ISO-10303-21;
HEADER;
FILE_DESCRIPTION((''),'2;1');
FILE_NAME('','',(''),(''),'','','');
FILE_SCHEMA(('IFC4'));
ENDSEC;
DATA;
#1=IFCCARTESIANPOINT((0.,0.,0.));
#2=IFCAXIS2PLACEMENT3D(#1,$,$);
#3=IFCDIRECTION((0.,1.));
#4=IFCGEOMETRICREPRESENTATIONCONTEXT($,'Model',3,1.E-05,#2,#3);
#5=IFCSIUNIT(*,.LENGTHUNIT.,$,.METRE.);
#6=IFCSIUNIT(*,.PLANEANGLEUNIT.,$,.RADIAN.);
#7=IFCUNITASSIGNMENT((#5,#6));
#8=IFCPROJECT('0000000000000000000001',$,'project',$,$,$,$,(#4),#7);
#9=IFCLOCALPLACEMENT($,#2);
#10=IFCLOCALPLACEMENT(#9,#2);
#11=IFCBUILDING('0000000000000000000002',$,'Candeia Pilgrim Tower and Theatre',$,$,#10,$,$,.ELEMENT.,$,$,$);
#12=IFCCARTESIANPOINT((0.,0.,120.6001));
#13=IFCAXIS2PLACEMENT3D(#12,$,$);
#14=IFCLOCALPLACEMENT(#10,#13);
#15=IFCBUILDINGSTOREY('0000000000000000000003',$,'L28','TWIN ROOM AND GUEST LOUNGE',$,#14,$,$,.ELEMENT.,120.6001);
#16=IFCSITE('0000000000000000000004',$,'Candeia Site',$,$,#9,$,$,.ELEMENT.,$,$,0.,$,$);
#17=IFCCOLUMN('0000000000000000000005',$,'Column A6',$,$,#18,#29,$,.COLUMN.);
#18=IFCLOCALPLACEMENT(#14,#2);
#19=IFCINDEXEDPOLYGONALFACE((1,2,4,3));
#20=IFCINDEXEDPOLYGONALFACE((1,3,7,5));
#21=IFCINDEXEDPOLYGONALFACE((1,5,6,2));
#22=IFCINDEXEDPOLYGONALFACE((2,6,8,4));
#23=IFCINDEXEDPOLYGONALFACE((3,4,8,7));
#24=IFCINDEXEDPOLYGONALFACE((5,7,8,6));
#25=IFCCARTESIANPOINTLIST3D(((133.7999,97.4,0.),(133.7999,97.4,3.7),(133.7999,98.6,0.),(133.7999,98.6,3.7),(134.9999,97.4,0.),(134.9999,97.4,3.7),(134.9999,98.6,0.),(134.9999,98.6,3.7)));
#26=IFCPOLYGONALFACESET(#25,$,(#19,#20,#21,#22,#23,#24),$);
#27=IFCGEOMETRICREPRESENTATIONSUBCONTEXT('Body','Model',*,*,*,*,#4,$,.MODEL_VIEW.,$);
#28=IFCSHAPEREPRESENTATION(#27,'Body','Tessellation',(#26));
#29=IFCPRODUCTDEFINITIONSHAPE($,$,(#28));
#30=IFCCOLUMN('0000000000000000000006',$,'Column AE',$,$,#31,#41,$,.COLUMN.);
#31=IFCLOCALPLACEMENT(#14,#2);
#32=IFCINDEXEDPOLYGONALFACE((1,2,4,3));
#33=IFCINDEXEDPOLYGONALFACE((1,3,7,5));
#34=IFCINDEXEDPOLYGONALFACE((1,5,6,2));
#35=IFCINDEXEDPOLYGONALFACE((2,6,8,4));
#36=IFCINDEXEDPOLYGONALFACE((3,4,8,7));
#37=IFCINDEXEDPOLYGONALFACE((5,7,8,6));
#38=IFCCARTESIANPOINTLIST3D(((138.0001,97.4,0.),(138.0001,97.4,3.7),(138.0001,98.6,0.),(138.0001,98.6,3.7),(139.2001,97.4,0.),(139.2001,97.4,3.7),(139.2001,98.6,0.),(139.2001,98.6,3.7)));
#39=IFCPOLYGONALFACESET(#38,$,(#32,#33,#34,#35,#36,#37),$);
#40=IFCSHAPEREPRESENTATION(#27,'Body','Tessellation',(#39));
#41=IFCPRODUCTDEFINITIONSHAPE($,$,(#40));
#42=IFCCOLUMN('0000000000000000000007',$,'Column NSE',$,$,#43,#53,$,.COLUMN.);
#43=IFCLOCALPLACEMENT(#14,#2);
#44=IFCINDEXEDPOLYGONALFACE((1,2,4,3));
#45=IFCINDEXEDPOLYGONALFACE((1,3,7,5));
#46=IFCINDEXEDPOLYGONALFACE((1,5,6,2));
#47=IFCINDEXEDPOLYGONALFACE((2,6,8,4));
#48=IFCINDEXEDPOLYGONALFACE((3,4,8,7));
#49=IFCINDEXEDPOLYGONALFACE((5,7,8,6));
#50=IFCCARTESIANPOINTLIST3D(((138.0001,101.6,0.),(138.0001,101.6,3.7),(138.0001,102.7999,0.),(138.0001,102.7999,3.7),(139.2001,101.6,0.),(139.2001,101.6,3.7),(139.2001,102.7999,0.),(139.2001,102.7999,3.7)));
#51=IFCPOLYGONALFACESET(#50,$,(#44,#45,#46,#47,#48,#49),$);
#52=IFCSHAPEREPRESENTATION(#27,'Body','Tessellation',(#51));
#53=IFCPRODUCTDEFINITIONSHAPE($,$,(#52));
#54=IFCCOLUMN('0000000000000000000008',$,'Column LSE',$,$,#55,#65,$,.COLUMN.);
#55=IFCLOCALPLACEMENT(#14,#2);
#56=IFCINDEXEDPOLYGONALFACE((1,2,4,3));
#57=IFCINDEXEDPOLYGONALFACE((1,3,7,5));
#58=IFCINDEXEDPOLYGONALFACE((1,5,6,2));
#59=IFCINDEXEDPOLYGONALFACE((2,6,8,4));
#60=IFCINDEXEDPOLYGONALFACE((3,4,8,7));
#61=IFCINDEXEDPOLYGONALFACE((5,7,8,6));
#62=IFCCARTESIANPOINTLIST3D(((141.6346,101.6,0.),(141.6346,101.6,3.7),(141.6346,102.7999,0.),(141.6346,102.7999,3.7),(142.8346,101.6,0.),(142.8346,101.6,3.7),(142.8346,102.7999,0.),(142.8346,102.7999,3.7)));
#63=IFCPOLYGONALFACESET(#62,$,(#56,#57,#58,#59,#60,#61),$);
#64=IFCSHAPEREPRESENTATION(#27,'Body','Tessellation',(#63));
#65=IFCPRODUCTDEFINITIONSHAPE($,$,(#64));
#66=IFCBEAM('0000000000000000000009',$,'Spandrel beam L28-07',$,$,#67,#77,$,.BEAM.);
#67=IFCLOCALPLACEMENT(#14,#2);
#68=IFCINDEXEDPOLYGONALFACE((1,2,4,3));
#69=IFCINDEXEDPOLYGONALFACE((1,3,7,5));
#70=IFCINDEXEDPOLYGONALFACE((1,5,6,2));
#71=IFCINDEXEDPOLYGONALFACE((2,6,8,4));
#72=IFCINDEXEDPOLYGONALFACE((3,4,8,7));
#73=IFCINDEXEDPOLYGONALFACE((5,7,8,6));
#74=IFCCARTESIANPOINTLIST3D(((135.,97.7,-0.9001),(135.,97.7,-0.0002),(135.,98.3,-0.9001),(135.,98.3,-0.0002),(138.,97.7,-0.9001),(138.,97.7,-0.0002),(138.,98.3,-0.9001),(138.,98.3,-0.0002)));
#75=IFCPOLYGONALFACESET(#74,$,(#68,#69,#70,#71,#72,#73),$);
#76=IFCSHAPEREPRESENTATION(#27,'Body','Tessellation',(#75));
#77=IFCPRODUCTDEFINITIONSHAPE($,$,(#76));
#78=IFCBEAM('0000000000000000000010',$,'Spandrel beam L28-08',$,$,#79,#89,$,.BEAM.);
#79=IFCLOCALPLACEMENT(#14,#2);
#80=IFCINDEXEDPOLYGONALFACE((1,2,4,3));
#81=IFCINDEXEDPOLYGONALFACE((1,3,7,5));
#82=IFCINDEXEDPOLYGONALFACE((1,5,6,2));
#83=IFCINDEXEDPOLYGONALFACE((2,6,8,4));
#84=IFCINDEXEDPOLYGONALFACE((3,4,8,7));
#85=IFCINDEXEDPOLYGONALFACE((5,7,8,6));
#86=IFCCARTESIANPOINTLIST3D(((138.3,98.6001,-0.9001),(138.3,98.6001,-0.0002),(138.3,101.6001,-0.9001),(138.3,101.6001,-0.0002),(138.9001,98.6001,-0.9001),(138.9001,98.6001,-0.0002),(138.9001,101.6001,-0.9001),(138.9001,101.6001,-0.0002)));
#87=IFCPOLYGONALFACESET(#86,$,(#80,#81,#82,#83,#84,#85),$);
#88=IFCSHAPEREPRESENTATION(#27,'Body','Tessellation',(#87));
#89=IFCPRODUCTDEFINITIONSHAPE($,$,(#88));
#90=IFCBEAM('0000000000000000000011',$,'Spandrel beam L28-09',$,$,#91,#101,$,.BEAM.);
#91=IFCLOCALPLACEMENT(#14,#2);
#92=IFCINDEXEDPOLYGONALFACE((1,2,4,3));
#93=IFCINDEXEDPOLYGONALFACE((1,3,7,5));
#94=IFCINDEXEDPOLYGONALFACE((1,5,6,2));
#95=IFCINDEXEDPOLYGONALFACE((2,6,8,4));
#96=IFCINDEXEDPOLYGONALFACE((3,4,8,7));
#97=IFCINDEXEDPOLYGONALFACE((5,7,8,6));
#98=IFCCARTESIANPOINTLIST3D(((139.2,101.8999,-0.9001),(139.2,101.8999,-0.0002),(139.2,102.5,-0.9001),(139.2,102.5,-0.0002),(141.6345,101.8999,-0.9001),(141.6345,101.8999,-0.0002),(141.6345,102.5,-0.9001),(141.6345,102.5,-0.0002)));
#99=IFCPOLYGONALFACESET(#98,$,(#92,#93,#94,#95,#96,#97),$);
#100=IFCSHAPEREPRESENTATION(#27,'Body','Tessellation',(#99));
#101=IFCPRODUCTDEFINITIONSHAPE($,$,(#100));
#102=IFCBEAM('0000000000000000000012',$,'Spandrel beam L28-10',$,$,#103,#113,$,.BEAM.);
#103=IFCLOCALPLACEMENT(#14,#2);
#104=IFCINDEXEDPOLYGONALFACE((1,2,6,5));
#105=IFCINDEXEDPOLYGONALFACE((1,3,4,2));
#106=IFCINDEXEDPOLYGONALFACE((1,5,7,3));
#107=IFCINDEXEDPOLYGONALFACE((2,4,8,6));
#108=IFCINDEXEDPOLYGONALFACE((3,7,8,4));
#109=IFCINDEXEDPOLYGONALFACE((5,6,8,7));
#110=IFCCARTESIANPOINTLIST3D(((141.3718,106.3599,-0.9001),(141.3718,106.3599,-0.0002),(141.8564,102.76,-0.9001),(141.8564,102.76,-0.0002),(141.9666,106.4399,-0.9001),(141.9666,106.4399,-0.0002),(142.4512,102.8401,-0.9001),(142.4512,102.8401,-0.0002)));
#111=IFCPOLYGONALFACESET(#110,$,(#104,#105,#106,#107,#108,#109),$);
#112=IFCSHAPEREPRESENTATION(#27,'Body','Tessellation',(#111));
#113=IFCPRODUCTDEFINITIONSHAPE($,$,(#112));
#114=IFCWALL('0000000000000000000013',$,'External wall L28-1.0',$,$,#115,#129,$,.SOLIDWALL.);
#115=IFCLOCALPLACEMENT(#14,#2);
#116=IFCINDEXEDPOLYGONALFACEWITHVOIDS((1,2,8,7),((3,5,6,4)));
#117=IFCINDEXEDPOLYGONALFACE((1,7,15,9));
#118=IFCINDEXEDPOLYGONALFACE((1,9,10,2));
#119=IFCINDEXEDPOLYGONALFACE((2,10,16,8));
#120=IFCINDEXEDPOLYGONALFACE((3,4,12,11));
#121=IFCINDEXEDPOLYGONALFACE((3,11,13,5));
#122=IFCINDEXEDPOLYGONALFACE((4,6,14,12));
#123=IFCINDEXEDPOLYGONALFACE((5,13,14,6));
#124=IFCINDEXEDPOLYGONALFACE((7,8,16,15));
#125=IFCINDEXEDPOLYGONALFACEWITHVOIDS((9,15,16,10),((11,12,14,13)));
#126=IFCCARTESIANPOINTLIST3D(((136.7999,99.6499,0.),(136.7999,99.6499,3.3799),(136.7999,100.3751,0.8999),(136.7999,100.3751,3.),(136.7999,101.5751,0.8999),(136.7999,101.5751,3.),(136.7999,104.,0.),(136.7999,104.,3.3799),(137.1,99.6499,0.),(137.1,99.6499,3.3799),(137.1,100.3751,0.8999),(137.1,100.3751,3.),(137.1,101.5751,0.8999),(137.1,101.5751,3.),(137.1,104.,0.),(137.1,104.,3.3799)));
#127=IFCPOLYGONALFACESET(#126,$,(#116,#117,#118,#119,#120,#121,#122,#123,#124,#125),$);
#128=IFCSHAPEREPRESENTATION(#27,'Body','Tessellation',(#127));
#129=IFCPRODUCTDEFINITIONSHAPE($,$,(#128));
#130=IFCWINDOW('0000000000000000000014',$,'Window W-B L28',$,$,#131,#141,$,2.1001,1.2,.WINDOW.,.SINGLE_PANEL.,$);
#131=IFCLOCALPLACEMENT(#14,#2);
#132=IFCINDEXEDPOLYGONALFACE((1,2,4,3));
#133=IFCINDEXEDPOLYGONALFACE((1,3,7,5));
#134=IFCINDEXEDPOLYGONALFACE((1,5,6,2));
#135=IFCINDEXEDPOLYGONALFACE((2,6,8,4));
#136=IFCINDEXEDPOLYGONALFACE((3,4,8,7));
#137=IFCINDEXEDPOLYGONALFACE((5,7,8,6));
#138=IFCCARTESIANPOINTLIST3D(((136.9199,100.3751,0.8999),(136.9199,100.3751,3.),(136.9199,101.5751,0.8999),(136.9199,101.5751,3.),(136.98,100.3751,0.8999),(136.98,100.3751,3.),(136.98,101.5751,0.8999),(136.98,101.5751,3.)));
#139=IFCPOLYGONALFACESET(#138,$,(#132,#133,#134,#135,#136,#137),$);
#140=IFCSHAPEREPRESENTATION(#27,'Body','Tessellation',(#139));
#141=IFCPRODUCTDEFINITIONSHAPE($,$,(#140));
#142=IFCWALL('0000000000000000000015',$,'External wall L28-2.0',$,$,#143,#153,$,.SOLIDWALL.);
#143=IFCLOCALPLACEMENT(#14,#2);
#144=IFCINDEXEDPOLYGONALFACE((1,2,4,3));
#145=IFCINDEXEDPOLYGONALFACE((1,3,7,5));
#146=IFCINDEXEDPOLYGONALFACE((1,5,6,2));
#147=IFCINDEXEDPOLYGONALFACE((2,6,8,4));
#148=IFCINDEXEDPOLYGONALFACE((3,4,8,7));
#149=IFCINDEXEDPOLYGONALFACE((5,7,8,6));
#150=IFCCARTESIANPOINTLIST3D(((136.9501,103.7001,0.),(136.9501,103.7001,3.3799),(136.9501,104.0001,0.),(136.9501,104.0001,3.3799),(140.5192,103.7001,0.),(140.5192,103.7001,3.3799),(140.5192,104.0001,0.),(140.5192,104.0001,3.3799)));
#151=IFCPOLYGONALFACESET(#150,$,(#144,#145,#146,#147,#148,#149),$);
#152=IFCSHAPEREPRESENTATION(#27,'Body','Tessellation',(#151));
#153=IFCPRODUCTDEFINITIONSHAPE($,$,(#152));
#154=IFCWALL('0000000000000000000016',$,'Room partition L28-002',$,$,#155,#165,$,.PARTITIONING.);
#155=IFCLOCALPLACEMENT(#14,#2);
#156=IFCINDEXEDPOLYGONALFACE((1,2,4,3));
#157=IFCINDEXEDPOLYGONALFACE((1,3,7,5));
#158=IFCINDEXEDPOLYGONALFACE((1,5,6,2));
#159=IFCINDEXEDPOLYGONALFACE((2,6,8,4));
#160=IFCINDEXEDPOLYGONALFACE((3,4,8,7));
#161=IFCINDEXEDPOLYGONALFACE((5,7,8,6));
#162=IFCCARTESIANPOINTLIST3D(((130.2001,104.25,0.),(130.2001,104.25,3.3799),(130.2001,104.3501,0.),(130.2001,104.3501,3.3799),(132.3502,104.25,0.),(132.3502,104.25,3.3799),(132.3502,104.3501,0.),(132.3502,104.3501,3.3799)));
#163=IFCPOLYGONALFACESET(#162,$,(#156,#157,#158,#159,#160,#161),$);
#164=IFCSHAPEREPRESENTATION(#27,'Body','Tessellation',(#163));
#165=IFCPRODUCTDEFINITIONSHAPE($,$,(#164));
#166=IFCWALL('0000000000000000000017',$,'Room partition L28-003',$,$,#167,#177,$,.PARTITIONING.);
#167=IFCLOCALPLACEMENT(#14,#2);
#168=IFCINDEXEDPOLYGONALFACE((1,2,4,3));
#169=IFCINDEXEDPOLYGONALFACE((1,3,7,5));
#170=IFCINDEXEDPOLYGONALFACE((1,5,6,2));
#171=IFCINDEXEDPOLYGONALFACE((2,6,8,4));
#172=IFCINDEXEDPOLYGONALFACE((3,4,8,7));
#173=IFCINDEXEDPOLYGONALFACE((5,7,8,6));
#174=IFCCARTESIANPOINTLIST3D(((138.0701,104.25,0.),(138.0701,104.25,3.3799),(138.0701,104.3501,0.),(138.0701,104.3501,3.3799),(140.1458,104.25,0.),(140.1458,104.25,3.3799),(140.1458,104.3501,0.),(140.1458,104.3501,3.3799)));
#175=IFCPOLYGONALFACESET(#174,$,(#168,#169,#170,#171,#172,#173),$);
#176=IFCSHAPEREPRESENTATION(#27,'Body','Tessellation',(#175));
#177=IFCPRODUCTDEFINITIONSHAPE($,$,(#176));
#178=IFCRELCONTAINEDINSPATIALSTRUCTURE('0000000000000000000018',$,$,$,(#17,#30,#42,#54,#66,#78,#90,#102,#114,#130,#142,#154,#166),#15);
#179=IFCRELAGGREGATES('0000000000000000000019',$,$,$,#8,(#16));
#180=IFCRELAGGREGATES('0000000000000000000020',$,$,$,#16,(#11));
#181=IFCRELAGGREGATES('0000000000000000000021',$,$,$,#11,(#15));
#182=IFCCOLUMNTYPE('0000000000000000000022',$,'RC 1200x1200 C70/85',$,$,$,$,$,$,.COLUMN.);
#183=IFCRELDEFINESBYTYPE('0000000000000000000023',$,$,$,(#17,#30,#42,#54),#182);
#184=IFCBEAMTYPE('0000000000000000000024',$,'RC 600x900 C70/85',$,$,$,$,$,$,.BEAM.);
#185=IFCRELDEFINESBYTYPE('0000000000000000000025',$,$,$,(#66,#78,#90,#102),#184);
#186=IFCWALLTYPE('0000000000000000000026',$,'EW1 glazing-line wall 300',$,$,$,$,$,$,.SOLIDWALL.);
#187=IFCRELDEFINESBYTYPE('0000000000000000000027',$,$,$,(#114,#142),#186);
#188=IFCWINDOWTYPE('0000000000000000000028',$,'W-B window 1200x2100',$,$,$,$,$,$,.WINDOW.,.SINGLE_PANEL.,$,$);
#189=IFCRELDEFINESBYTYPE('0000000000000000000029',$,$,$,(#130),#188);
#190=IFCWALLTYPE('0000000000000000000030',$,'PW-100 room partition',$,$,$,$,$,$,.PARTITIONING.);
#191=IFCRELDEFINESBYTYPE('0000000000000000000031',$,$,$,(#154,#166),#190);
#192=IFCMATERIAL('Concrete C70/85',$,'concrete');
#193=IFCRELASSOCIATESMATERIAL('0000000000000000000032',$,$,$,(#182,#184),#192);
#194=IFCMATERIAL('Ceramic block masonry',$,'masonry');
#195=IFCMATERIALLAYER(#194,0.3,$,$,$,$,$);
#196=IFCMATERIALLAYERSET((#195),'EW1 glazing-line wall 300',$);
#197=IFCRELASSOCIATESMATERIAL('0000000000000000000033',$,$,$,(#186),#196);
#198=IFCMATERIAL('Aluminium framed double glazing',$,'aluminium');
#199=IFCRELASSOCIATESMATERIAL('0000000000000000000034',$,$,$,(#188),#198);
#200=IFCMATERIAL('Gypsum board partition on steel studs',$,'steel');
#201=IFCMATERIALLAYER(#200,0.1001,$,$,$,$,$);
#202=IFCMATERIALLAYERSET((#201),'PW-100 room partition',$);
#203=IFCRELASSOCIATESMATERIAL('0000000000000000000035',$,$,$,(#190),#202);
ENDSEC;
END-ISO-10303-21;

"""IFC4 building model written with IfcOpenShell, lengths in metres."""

from ifc_helpers import new_model, si_unit, direction, frame, frame_2d, origin, origin_2d, place, context, subcontext, project, spatial, rectangle, extrude, material, layer, layer_set, material_profile, profile_set, type_object, element, fill, save


model = new_model("IFC4")

# Units and contexts
model_context = context("Model", 3, precision=1e-05, world=origin(), true_north=direction((0.0, 1.0)))
body_context = subcontext(model_context, "Body", "Model", "MODEL_VIEW")
ifc_project = project(units=[si_unit("LENGTHUNIT", "METRE"), si_unit("PLANEANGLEUNIT", "RADIAN")], contexts=[model_context])

# Site, building, storey
site_placement = place(None, origin())
site = spatial("IfcSite", under=ifc_project, at=site_placement, Name="Candeia Site", CompositionType="ELEMENT", RefElevation=0.0)
building_placement = place(site_placement, origin())
building = spatial("IfcBuilding", under=site, at=building_placement, Name="Candeia Pilgrim Tower and Theatre", CompositionType="ELEMENT")
storey_placement = place(building_placement, frame((0.0, 0.0, 120.6001)))
storey = spatial("IfcBuildingStorey", under=building, at=storey_placement, Name="L28", Description="TWIN ROOM AND GUEST LOUNGE", CompositionType="ELEMENT", Elevation=120.6001)

# Columns
ifc_material_1 = material(Name="Concrete C70/85", Category="concrete")
ifc_material_profile_1 = material_profile(ifc_material_1, rectangle(XDim=1.2, YDim=1.2, at=origin_2d()))
ifc_profile_set_1 = profile_set([ifc_material_profile_1], Name="Concrete C70/85")
column_type = type_object("IfcColumnType", Name="RC 1200x1200 C70/85", PredefinedType="COLUMN", material=ifc_profile_set_1)
for number, where, z_axis, x_axis, name in (
    (1, (134.3999, 98.0, 0.0), (0.0, 0.0, 1.0), (1.0, 0.0, 0.0), "Column A6"),
    (2, (138.6001, 98.0, 0.0), (0.0, 0.0, 1.0), (1.0, 0.0, 0.0), "Column AE"),
    (3, (138.6001, 102.2, 0.0), (0.0, 0.0, 1.0), (1.0, 0.0, 0.0), "Column NSE"),
    (4, (142.2346, 102.2, 0.0), (0.0, 0.0, 1.0), (1.0, 0.0, 0.0), "Column LSE"),
):
    element("IfcColumn", number, at=place(storey_placement, frame(where, z_axis=z_axis, x_axis=x_axis)), inside=storey, type_object=column_type, Name=name, PredefinedType="COLUMN", context=body_context, shape_type="SweptSolid", body=[
        extrude(rectangle(XDim=1.2, YDim=1.2, at=origin_2d()), origin(), (0.0, 0.0, 1.0), 3.7),
    ])

# Beams
ifc_material_profile_2 = material_profile(ifc_material_1, rectangle(XDim=0.6001, YDim=0.8999, at=origin_2d()))
ifc_profile_set_2 = profile_set([ifc_material_profile_2], Name="Concrete C70/85")
beam_type = type_object("IfcBeamType", Name="RC 600x900 C70/85", PredefinedType="BEAM", material=ifc_profile_set_2)
for number, where, z_axis, x_axis, name in (
    (5, (135.0, 98.0, -0.4502), (1.0, 0.0, 0.0), (0.0, 1.0, 0.0), "Spandrel beam L28-07"),
    (6, (138.6001, 98.6001, -0.4502), (0.0, 1.0, 0.0), (-1.0, 0.0, 0.0), "Spandrel beam L28-08"),
):
    element("IfcBeam", number, at=place(storey_placement, frame(where, z_axis=z_axis, x_axis=x_axis)), inside=storey, type_object=beam_type, Name=name, PredefinedType="BEAM", context=body_context, shape_type="SweptSolid", body=[
        extrude(rectangle(XDim=0.6001, YDim=0.8999, at=origin_2d()), origin(), (0.0, 0.0, 1.0), 3.0),
    ])
beam_1_placement = place(storey_placement, frame((139.2, 102.2, -0.4502), z_axis=(1.0, 0.0, 0.0), x_axis=(0.0, 1.0, 0.0)))
element("IfcBeam", 7, at=beam_1_placement, inside=storey, type_object=beam_type, Name="Spandrel beam L28-09", PredefinedType="BEAM", context=body_context, shape_type="SweptSolid", body=[
    extrude(rectangle(XDim=0.6001, YDim=0.8999, at=origin_2d()), origin(), (0.0, 0.0, 1.0), 2.4346),
])
beam_2_placement = place(storey_placement, frame((142.1538, 102.8, -0.4502), z_axis=(-0.133418, 0.99106, 0.0), x_axis=(-0.99106, -0.133418, 0.0)))
element("IfcBeam", 8, at=beam_2_placement, inside=storey, type_object=beam_type, Name="Spandrel beam L28-10", PredefinedType="BEAM", context=body_context, shape_type="SweptSolid", body=[
    extrude(rectangle(XDim=0.6001, YDim=0.8999, at=origin_2d()), origin(), (0.0, 0.0, 1.0), 3.6323),
])

# Wall, opening, window
ifc_material_2 = material(Name="Ceramic block masonry", Category="masonry")
ifc_layer_1 = layer(ifc_material_2, 0.3)
ifc_layer_set_1 = layer_set([ifc_layer_1], Name="EW1 glazing-line wall 300")
wall_type_1 = type_object("IfcWallType", Name="EW1 glazing-line wall 300", PredefinedType="SOLIDWALL", material=ifc_layer_set_1)
wall_1_placement = place(storey_placement, frame((136.95, 99.6499, 0.0), z_axis=(0.0, 0.0, 1.0), x_axis=(0.0, 1.0, 0.0)))
wall_1 = element("IfcWall", 9, at=wall_1_placement, inside=storey, type_object=wall_type_1, Name="External wall L28-1.0", PredefinedType="SOLIDWALL", context=body_context, shape_type="SweptSolid", body=[
    extrude(rectangle(XDim=4.3501, YDim=0.3, at=frame_2d((2.175, 0.0))), origin(), (0.0, 0.0, 1.0), 3.3799),
])
opening_1_placement = place(wall_1_placement, frame((0.7251, 0.0, 0.8999)))
opening_1 = element("IfcOpeningElement", 10, at=opening_1_placement, cuts=wall_1, PredefinedType="OPENING", context=body_context, shape_type="SweptSolid", body=[
    extrude(rectangle(XDim=1.2, YDim=2.1001, at=frame_2d((0.6001, 1.05))), frame((0.0, 0.1602, 0.0), z_axis=(0.0, -1.0, 0.0), x_axis=(1.0, 0.0, 0.0)), (0.0, 0.0, 1.0), 0.3201),
])
ifc_material_3 = material(Name="Aluminium framed double glazing", Category="aluminium")
window_type = type_object("IfcWindowType", Name="W-B window 1200x2100", PartitioningType="SINGLE_PANEL", PredefinedType="WINDOW", material=ifc_material_3)
window_1_placement = place(opening_1_placement, origin())
window_1 = element("IfcWindow", 11, at=window_1_placement, inside=storey, type_object=window_type, Name="Window W-B L28", OverallHeight=2.1001, OverallWidth=1.2, PartitioningType="SINGLE_PANEL", PredefinedType="WINDOW", context=body_context, shape_type="SweptSolid", body=[
    extrude(rectangle(XDim=1.2, YDim=2.1001, at=frame_2d((0.6001, 1.05))), frame((0.0, 0.03, 0.0), z_axis=(0.0, -1.0, 0.0), x_axis=(1.0, 0.0, 0.0)), (0.0, 0.0, 1.0), 0.0601),
])
fill(opening_1, window_1)

# Wall
wall_2_placement = place(storey_placement, frame((136.95, 103.8501, 0.0), z_axis=(0.0, 0.0, 1.0), x_axis=(1.0, 0.0, 0.0)))
element("IfcWall", 12, at=wall_2_placement, inside=storey, type_object=wall_type_1, Name="External wall L28-2.0", PredefinedType="SOLIDWALL", context=body_context, shape_type="SweptSolid", body=[
    extrude(rectangle(XDim=3.5691, YDim=0.3, at=frame_2d((1.7847, 0.0))), origin(), (0.0, 0.0, 1.0), 3.3799),
])

# Walls
ifc_material_4 = material(Name="Gypsum board partition on steel studs", Category="steel")
ifc_layer_2 = layer(ifc_material_4, 0.1001)
ifc_layer_set_2 = layer_set([ifc_layer_2], Name="PW-100 room partition")
wall_type_2 = type_object("IfcWallType", Name="PW-100 room partition", PredefinedType="PARTITIONING", material=ifc_layer_set_2)
wall_3_placement = place(storey_placement, frame((130.2, 104.3, 0.0), z_axis=(0.0, 0.0, 1.0), x_axis=(1.0, 0.0, 0.0)))
element("IfcWall", 13, at=wall_3_placement, inside=storey, type_object=wall_type_2, Name="Room partition L28-002", PredefinedType="PARTITIONING", context=body_context, shape_type="SweptSolid", body=[
    extrude(rectangle(XDim=2.1501, YDim=0.1001, at=frame_2d((1.0752, 0.0))), origin(), (0.0, 0.0, 1.0), 3.3799),
])
wall_4_placement = place(storey_placement, frame((138.0701, 104.3, 0.0), z_axis=(0.0, 0.0, 1.0), x_axis=(1.0, 0.0, 0.0)))
element("IfcWall", 14, at=wall_4_placement, inside=storey, type_object=wall_type_2, Name="Room partition L28-003", PredefinedType="PARTITIONING", context=body_context, shape_type="SweptSolid", body=[
    extrude(rectangle(XDim=2.0757, YDim=0.1001, at=frame_2d((1.0378, 0.0))), origin(), (0.0, 0.0, 1.0), 3.3799),
])

save(model, "model.ifc")
